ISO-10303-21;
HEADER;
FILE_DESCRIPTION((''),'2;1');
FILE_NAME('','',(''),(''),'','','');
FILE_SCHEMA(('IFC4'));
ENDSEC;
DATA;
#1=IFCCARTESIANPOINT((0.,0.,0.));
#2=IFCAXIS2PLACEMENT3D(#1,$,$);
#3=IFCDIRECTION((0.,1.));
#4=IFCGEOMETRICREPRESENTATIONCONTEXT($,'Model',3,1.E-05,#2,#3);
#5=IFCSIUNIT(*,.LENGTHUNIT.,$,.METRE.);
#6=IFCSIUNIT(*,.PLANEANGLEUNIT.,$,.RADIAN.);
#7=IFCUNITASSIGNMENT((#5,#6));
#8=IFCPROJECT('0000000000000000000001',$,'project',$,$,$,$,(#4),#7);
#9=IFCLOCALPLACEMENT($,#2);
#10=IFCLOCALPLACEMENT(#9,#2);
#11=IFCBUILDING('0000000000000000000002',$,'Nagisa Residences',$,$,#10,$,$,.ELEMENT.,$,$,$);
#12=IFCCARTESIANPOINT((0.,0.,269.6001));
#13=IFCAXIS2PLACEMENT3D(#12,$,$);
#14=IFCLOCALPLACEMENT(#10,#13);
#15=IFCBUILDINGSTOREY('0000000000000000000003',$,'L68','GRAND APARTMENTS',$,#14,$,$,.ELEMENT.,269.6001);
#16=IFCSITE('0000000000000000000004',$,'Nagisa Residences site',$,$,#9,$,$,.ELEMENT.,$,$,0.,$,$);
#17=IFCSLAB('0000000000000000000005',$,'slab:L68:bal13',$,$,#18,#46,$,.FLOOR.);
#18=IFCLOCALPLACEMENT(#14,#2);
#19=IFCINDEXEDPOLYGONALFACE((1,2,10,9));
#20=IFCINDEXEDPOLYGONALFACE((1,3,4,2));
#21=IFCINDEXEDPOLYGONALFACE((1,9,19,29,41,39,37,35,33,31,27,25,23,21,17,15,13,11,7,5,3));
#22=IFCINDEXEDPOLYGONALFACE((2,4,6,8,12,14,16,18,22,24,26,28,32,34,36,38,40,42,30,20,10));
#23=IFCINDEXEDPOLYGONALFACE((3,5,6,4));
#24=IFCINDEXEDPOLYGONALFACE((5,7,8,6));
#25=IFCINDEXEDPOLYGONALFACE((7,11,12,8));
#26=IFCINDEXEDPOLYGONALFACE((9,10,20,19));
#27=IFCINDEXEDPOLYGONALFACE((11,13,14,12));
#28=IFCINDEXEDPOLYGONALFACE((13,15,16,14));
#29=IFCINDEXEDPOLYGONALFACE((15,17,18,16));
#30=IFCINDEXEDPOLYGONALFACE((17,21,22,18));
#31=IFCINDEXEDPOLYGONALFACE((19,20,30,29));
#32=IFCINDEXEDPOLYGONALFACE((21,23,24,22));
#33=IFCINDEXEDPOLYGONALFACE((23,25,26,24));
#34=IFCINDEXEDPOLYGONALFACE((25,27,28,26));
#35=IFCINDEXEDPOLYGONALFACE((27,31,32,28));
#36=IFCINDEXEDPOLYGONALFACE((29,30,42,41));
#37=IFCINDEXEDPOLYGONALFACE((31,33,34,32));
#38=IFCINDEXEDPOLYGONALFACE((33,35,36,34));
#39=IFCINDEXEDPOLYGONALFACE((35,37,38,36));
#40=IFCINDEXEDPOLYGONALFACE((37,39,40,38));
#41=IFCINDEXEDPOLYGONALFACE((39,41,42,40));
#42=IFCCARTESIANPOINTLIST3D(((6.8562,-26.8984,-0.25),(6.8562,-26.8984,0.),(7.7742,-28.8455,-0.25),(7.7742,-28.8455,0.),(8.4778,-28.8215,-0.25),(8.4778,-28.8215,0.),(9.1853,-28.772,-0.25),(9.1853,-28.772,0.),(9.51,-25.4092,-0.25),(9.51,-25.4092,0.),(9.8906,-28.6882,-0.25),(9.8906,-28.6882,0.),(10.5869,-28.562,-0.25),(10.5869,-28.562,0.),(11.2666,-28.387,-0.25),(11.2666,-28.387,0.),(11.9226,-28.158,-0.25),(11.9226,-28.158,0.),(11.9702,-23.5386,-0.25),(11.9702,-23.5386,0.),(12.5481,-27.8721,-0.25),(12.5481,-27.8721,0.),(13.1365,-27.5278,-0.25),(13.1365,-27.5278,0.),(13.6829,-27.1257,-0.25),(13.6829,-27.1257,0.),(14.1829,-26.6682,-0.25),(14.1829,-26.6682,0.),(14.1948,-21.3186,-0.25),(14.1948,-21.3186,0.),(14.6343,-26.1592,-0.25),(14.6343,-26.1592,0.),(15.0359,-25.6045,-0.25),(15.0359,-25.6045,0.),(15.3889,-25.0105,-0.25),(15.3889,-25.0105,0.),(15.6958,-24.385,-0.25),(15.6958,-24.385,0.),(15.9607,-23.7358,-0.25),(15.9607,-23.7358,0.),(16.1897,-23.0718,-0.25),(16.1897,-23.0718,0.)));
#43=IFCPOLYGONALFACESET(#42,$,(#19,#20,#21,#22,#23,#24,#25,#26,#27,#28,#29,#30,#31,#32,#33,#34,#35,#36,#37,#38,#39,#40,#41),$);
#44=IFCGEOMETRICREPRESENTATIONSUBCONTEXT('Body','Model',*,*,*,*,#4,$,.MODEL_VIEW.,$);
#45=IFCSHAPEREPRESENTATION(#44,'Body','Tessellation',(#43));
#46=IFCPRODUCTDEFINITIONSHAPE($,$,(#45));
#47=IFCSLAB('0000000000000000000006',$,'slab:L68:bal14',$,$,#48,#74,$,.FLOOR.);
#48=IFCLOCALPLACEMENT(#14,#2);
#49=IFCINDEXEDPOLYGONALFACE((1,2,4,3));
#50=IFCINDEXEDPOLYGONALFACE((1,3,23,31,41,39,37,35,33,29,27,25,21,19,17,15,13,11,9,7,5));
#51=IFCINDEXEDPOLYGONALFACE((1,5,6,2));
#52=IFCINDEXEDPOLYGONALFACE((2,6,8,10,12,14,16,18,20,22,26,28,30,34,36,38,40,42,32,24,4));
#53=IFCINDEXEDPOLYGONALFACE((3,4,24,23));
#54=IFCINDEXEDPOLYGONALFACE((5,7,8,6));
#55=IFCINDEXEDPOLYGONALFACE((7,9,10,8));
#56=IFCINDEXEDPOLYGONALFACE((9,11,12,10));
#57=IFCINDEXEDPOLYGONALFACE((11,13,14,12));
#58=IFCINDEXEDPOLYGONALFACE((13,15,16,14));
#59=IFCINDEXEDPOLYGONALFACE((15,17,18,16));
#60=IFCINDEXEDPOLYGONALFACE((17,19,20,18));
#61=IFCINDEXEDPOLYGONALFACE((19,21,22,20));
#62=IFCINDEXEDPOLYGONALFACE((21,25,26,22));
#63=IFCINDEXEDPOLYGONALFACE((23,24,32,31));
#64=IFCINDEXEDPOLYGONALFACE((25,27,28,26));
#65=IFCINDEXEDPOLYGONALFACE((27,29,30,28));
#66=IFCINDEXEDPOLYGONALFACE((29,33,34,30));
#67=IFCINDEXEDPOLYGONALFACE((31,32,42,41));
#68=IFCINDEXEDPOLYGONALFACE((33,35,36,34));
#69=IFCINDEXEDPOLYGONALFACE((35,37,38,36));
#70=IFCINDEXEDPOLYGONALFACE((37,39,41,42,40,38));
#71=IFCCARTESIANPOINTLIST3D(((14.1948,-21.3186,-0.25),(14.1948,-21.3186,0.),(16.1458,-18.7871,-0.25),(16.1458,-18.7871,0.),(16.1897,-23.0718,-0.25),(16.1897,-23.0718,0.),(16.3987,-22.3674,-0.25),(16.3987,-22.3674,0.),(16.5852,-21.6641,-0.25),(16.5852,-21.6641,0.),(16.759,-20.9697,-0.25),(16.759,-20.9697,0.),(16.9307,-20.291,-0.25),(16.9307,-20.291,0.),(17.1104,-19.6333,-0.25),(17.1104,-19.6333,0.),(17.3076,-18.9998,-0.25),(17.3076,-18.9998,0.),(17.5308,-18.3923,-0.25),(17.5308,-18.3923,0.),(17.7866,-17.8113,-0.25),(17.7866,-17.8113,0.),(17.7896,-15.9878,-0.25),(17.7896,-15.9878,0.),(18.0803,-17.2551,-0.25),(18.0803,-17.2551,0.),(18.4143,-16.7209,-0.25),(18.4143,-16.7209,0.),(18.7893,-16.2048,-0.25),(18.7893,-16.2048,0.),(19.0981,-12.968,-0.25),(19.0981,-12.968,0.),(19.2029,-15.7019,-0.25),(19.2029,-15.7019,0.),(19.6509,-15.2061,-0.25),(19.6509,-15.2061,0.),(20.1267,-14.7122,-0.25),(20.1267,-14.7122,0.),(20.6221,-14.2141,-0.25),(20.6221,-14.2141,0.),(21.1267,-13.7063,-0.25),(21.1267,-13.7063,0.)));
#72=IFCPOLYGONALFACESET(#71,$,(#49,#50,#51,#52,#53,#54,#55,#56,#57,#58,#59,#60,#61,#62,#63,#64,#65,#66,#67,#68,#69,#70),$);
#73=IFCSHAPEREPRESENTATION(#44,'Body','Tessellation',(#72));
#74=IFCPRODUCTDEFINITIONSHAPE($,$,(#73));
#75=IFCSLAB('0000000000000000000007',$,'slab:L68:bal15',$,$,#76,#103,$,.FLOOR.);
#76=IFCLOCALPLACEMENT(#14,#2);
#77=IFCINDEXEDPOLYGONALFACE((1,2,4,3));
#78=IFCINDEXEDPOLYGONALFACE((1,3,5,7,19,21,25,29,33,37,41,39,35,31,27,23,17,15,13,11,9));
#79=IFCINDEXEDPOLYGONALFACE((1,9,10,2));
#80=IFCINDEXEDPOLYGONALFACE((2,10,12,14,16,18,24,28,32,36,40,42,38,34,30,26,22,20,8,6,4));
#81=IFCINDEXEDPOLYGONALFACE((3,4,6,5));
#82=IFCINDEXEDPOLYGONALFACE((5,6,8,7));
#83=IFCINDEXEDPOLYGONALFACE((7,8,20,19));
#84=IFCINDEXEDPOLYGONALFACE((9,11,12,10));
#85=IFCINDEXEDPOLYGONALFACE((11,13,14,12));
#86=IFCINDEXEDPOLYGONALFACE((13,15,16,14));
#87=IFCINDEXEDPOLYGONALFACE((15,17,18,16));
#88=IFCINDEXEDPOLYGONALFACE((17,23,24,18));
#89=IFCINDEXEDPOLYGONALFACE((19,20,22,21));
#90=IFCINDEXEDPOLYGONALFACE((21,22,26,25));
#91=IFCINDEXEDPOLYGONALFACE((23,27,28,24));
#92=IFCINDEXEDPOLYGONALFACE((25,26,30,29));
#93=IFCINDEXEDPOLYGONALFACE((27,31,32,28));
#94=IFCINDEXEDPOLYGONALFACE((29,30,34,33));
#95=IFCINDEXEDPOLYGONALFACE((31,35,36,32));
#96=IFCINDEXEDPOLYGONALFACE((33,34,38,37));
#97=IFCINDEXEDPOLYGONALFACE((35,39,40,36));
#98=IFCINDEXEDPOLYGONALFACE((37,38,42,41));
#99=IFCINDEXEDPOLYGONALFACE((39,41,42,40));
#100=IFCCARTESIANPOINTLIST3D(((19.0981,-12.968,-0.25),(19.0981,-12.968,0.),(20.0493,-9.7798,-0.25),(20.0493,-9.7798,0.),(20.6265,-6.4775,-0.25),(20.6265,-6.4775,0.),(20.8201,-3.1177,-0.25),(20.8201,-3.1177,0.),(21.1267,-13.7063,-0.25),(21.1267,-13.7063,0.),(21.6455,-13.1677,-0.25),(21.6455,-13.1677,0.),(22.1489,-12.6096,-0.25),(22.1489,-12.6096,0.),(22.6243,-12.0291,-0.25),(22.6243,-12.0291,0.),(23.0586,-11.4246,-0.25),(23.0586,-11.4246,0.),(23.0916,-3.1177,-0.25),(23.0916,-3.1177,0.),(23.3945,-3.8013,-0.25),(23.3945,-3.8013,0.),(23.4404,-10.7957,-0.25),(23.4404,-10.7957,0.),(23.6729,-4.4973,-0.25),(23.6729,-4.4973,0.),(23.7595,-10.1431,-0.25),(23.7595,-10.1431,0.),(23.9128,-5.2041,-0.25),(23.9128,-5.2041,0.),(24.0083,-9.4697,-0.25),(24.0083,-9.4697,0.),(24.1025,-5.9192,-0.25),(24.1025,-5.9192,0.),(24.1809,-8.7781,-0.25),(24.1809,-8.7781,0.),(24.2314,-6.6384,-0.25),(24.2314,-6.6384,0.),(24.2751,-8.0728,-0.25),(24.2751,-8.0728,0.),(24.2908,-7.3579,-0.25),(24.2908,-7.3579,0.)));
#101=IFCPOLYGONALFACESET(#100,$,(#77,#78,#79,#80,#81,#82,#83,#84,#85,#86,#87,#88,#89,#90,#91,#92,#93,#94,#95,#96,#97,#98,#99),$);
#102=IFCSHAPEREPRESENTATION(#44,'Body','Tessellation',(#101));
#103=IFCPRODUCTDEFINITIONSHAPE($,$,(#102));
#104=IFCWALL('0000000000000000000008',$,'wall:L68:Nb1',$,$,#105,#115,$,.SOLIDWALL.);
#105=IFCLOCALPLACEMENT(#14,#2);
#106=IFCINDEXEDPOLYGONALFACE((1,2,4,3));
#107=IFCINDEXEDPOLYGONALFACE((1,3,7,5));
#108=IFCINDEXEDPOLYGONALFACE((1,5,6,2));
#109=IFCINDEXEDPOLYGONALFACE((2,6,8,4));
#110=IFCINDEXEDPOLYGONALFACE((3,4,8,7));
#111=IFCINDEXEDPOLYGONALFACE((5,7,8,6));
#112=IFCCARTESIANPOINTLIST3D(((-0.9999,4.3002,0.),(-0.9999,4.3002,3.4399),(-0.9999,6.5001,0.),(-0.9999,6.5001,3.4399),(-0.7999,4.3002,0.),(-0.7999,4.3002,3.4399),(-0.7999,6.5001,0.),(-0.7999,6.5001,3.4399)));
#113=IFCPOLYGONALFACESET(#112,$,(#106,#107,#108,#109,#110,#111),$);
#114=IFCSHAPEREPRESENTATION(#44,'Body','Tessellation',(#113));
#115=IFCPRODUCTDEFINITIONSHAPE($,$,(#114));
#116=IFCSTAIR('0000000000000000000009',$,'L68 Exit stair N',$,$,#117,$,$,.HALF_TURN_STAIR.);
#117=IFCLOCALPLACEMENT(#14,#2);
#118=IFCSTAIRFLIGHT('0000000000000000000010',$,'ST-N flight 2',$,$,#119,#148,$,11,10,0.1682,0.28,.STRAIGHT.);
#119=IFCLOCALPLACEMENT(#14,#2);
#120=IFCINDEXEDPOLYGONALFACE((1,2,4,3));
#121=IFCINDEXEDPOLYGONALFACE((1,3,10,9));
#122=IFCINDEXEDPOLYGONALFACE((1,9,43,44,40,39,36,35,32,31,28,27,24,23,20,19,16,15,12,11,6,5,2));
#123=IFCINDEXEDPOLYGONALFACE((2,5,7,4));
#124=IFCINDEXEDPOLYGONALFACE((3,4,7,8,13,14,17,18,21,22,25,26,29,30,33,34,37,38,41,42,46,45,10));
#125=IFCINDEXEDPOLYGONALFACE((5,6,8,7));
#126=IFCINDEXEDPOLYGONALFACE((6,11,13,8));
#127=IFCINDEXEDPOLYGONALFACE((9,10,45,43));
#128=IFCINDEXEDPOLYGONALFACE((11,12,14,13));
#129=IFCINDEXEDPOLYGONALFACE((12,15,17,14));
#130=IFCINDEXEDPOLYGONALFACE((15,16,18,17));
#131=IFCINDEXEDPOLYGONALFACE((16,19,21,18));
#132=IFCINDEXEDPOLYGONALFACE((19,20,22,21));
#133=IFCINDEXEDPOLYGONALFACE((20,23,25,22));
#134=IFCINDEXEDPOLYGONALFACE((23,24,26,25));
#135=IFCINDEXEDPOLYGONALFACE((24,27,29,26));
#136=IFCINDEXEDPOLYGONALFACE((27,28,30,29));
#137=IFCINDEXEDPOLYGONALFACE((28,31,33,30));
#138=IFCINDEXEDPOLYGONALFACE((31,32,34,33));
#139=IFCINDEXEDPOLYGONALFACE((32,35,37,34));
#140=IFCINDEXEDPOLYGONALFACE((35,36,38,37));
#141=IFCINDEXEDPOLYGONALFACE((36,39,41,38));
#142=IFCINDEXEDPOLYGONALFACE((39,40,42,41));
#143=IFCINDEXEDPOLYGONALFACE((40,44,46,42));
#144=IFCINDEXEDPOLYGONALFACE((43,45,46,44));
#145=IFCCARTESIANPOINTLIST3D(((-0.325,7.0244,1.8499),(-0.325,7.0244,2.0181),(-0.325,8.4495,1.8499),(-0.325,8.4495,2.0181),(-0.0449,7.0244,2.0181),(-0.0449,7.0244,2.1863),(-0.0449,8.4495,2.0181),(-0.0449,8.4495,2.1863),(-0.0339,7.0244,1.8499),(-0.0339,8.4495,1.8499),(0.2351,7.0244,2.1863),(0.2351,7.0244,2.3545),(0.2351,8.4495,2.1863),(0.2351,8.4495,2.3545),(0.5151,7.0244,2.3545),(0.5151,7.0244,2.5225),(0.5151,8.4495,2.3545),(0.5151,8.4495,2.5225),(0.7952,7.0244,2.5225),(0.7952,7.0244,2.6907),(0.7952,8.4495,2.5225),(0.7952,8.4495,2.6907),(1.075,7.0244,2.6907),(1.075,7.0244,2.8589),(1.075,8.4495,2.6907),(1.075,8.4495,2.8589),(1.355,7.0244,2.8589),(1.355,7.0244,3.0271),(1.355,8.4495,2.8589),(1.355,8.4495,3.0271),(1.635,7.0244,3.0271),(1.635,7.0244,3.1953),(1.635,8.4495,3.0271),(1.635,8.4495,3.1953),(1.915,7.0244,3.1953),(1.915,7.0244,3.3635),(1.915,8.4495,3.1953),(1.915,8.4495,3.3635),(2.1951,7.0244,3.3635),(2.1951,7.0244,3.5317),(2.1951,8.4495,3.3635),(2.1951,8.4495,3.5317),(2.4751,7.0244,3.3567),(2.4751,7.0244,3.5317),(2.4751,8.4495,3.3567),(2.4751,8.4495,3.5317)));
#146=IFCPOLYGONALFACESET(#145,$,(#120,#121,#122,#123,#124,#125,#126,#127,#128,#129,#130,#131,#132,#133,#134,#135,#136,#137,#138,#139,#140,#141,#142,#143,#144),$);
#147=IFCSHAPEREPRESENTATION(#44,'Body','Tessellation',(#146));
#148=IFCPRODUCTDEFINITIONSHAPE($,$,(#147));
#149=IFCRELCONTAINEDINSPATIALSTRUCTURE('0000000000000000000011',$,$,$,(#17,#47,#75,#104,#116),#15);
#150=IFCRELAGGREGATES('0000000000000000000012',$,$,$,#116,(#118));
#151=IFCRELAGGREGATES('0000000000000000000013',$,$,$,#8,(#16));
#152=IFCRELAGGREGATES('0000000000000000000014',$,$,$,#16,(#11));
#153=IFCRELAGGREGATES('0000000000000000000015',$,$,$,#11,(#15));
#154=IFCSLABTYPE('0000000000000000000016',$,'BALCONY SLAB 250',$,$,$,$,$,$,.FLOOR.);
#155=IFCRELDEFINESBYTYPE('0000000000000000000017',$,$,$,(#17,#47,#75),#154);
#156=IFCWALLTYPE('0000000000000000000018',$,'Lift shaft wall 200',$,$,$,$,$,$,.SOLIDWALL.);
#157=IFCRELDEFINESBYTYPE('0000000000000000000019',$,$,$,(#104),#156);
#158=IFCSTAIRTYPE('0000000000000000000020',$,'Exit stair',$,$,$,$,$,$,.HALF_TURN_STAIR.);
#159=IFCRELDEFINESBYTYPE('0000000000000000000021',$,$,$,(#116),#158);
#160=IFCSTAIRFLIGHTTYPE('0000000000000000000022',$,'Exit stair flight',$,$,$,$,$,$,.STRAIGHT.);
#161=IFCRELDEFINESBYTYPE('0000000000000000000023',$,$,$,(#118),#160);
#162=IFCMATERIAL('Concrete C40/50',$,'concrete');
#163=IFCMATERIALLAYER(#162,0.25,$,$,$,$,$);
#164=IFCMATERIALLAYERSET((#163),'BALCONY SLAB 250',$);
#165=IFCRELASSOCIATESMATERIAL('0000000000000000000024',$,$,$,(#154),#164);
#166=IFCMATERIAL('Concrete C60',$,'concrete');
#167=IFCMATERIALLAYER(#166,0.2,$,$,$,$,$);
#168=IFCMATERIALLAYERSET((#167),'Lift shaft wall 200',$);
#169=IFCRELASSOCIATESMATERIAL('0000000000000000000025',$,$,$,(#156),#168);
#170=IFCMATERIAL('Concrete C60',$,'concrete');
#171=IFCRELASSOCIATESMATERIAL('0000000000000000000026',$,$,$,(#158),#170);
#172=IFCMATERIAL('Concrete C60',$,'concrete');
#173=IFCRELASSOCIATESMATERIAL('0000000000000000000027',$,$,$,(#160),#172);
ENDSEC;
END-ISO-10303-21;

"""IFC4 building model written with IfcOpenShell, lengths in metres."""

from ifc_helpers import new_model, si_unit, direction, frame, frame_2d, origin, place, context, subcontext, project, spatial, polyline, rectangle, outline, extrude, material, layer, layer_set, type_object, element, aggregate, save


model = new_model("IFC4")

# Units and contexts
model_context = context("Model", 3, precision=1e-05, world=origin(), true_north=direction((0.0, 1.0)))
body_context = subcontext(model_context, "Body", "Model", "MODEL_VIEW")
ifc_project = project(units=[si_unit("LENGTHUNIT", "METRE"), si_unit("PLANEANGLEUNIT", "RADIAN")], contexts=[model_context])

# Site, building, storey
site_placement = place(None, origin())
site = spatial("IfcSite", under=ifc_project, at=site_placement, Name="Nagisa Residences site", CompositionType="ELEMENT", RefElevation=0.0)
building_placement = place(site_placement, origin())
building = spatial("IfcBuilding", under=site, at=building_placement, Name="Nagisa Residences", CompositionType="ELEMENT")
storey_placement = place(building_placement, frame((0.0, 0.0, 269.6001)))
storey = spatial("IfcBuildingStorey", under=building, at=storey_placement, Name="L68", Description="GRAND APARTMENTS", CompositionType="ELEMENT", Elevation=269.6001)

# Slabs
ifc_material_1 = material(Name="Concrete C40/50", Category="concrete")
ifc_layer_1 = layer(ifc_material_1, 0.25)
ifc_layer_set_1 = layer_set([ifc_layer_1], Name="BALCONY SLAB 250")
slab_type = type_object("IfcSlabType", Name="BALCONY SLAB 250", PredefinedType="FLOOR", material=ifc_layer_set_1)
slab_1_placement = place(storey_placement, frame((0.0, 0.0, -0.25)))
element("IfcSlab", 1, at=slab_1_placement, inside=storey, type_object=slab_type, Name="slab:L68:bal13", PredefinedType="FLOOR", context=body_context, shape_type="SweptSolid", body=[
    extrude(outline(polyline([(7.7742, -28.8455), (8.4778, -28.8215), (9.1853, -28.772), (9.8906, -28.6882), (10.5869, -28.562), (11.2666, -28.387), (11.9226, -28.158), (12.5481, -27.8721), (13.1365, -27.5278), (13.6829, -27.1257), (14.1829, -26.6682), (14.6343, -26.1592), (15.0359, -25.6045), (15.3889, -25.0105), (15.6958, -24.385), (15.9607, -23.7358), (16.1897, -23.0718), (14.1948, -21.3186), (11.9702, -23.5386), (9.51, -25.4092), (6.8562, -26.8984), (7.7742, -28.8455)])), origin(), (0.0, 0.0, 1.0), 0.25),
])
slab_2_placement = place(storey_placement, frame((0.0, 0.0, -0.25)))
element("IfcSlab", 2, at=slab_2_placement, inside=storey, type_object=slab_type, Name="slab:L68:bal14", PredefinedType="FLOOR", context=body_context, shape_type="SweptSolid", body=[
    extrude(outline(polyline([(16.1897, -23.0718), (16.3987, -22.3674), (16.5852, -21.6641), (16.759, -20.9697), (16.9307, -20.291), (17.1104, -19.6333), (17.3076, -18.9998), (17.5308, -18.3923), (17.7866, -17.8113), (18.0803, -17.2551), (18.4143, -16.7209), (18.7893, -16.2048), (19.2029, -15.7019), (19.6509, -15.2061), (20.1267, -14.7122), (20.6221, -14.2141), (21.1267, -13.7063), (19.0981, -12.968), (17.7896, -15.9878), (16.1458, -18.7871), (14.1948, -21.3186), (16.1897, -23.0718)])), origin(), (0.0, 0.0, 1.0), 0.25),
])
slab_3_placement = place(storey_placement, frame((0.0, 0.0, -0.25)))
element("IfcSlab", 3, at=slab_3_placement, inside=storey, type_object=slab_type, Name="slab:L68:bal15", PredefinedType="FLOOR", context=body_context, shape_type="SweptSolid", body=[
    extrude(outline(polyline([(21.1267, -13.7063), (21.6455, -13.1677), (22.1489, -12.6096), (22.6243, -12.0291), (23.0586, -11.4246), (23.4404, -10.7957), (23.7595, -10.1431), (24.0083, -9.4697), (24.1809, -8.7781), (24.2751, -8.0728), (24.2908, -7.3579), (24.2314, -6.6384), (24.1025, -5.9192), (23.9128, -5.2041), (23.6729, -4.4973), (23.3945, -3.8013), (23.0916, -3.1177), (20.8201, -3.1177), (20.6265, -6.4775), (20.0493, -9.7798), (19.0981, -12.968), (21.1267, -13.7063)])), origin(), (0.0, 0.0, 1.0), 0.25),
])

# Wall
ifc_material_2 = material(Name="Concrete C60", Category="concrete")
ifc_layer_2 = layer(ifc_material_2, 0.2)
ifc_layer_set_2 = layer_set([ifc_layer_2], Name="Lift shaft wall 200")
wall_type = type_object("IfcWallType", Name="Lift shaft wall 200", PredefinedType="SOLIDWALL", material=ifc_layer_set_2)
wall_placement = place(storey_placement, frame((-0.8999, 4.3, 0.0), z_axis=(0.0, 0.0, 1.0), x_axis=(0.0, 1.0, 0.0)))
element("IfcWall", 4, at=wall_placement, inside=storey, type_object=wall_type, Name="wall:L68:Nb1", PredefinedType="SOLIDWALL", context=body_context, shape_type="SweptSolid", body=[
    extrude(rectangle(XDim=2.2, YDim=0.2, at=frame_2d((1.1001, 0.0))), origin(), (0.0, 0.0, 1.0), 3.4399),
])

# Stair, stair flight
ifc_material_3 = material(Name="Concrete C60", Category="concrete")
stair_type = type_object("IfcStairType", Name="Exit stair", PredefinedType="HALF_TURN_STAIR", material=ifc_material_3)
stair_placement = place(storey_placement, origin())
stair = element("IfcStair", 5, at=stair_placement, inside=storey, type_object=stair_type, Name="L68 Exit stair N", PredefinedType="HALF_TURN_STAIR")
ifc_material_4 = material(Name="Concrete C60", Category="concrete")
stair_flight_type = type_object("IfcStairFlightType", Name="Exit stair flight", PredefinedType="STRAIGHT", material=ifc_material_4)
stair_flight_placement = place(storey_placement, frame((-0.325, 7.7371, 1.8499), z_axis=(0.0, 0.0, 1.0), x_axis=(1.0, 0.0, 0.0)))
stair_flight = element("IfcStairFlight", 6, at=stair_flight_placement, type_object=stair_flight_type, Name="ST-N flight 2", NumberOfRisers=11, NumberOfTreads=10, PredefinedType="STRAIGHT", RiserHeight=0.1682, TreadLength=0.28, context=body_context, shape_type="SweptSolid", body=[
    extrude(outline(polyline([(0.0, 0.0), (0.0, 0.1682), (0.28, 0.1682), (0.28, 0.3364), (0.5601, 0.3364), (0.5601, 0.5046), (0.8401, 0.5046), (0.8401, 0.6726), (1.1201, 0.6726), (1.1201, 0.8408), (1.3999, 0.8408), (1.3999, 1.009), (1.6799, 1.009), (1.6799, 1.1772), (1.96, 1.1772), (1.96, 1.3455), (2.24, 1.3455), (2.24, 1.5137), (2.52, 1.5137), (2.52, 1.6819), (2.8, 1.6819), (2.8, 1.8501), (2.8, 1.5068), (0.291, 0.0), (0.0, 0.0)])), frame((0.0, 0.7124, 0.0), z_axis=(0.0, -1.0, 0.0), x_axis=(1.0, 0.0, 0.0)), (0.0, 0.0, 1.0), 1.425),
])
aggregate(stair, [stair_flight])

save(model, "model.ifc")
